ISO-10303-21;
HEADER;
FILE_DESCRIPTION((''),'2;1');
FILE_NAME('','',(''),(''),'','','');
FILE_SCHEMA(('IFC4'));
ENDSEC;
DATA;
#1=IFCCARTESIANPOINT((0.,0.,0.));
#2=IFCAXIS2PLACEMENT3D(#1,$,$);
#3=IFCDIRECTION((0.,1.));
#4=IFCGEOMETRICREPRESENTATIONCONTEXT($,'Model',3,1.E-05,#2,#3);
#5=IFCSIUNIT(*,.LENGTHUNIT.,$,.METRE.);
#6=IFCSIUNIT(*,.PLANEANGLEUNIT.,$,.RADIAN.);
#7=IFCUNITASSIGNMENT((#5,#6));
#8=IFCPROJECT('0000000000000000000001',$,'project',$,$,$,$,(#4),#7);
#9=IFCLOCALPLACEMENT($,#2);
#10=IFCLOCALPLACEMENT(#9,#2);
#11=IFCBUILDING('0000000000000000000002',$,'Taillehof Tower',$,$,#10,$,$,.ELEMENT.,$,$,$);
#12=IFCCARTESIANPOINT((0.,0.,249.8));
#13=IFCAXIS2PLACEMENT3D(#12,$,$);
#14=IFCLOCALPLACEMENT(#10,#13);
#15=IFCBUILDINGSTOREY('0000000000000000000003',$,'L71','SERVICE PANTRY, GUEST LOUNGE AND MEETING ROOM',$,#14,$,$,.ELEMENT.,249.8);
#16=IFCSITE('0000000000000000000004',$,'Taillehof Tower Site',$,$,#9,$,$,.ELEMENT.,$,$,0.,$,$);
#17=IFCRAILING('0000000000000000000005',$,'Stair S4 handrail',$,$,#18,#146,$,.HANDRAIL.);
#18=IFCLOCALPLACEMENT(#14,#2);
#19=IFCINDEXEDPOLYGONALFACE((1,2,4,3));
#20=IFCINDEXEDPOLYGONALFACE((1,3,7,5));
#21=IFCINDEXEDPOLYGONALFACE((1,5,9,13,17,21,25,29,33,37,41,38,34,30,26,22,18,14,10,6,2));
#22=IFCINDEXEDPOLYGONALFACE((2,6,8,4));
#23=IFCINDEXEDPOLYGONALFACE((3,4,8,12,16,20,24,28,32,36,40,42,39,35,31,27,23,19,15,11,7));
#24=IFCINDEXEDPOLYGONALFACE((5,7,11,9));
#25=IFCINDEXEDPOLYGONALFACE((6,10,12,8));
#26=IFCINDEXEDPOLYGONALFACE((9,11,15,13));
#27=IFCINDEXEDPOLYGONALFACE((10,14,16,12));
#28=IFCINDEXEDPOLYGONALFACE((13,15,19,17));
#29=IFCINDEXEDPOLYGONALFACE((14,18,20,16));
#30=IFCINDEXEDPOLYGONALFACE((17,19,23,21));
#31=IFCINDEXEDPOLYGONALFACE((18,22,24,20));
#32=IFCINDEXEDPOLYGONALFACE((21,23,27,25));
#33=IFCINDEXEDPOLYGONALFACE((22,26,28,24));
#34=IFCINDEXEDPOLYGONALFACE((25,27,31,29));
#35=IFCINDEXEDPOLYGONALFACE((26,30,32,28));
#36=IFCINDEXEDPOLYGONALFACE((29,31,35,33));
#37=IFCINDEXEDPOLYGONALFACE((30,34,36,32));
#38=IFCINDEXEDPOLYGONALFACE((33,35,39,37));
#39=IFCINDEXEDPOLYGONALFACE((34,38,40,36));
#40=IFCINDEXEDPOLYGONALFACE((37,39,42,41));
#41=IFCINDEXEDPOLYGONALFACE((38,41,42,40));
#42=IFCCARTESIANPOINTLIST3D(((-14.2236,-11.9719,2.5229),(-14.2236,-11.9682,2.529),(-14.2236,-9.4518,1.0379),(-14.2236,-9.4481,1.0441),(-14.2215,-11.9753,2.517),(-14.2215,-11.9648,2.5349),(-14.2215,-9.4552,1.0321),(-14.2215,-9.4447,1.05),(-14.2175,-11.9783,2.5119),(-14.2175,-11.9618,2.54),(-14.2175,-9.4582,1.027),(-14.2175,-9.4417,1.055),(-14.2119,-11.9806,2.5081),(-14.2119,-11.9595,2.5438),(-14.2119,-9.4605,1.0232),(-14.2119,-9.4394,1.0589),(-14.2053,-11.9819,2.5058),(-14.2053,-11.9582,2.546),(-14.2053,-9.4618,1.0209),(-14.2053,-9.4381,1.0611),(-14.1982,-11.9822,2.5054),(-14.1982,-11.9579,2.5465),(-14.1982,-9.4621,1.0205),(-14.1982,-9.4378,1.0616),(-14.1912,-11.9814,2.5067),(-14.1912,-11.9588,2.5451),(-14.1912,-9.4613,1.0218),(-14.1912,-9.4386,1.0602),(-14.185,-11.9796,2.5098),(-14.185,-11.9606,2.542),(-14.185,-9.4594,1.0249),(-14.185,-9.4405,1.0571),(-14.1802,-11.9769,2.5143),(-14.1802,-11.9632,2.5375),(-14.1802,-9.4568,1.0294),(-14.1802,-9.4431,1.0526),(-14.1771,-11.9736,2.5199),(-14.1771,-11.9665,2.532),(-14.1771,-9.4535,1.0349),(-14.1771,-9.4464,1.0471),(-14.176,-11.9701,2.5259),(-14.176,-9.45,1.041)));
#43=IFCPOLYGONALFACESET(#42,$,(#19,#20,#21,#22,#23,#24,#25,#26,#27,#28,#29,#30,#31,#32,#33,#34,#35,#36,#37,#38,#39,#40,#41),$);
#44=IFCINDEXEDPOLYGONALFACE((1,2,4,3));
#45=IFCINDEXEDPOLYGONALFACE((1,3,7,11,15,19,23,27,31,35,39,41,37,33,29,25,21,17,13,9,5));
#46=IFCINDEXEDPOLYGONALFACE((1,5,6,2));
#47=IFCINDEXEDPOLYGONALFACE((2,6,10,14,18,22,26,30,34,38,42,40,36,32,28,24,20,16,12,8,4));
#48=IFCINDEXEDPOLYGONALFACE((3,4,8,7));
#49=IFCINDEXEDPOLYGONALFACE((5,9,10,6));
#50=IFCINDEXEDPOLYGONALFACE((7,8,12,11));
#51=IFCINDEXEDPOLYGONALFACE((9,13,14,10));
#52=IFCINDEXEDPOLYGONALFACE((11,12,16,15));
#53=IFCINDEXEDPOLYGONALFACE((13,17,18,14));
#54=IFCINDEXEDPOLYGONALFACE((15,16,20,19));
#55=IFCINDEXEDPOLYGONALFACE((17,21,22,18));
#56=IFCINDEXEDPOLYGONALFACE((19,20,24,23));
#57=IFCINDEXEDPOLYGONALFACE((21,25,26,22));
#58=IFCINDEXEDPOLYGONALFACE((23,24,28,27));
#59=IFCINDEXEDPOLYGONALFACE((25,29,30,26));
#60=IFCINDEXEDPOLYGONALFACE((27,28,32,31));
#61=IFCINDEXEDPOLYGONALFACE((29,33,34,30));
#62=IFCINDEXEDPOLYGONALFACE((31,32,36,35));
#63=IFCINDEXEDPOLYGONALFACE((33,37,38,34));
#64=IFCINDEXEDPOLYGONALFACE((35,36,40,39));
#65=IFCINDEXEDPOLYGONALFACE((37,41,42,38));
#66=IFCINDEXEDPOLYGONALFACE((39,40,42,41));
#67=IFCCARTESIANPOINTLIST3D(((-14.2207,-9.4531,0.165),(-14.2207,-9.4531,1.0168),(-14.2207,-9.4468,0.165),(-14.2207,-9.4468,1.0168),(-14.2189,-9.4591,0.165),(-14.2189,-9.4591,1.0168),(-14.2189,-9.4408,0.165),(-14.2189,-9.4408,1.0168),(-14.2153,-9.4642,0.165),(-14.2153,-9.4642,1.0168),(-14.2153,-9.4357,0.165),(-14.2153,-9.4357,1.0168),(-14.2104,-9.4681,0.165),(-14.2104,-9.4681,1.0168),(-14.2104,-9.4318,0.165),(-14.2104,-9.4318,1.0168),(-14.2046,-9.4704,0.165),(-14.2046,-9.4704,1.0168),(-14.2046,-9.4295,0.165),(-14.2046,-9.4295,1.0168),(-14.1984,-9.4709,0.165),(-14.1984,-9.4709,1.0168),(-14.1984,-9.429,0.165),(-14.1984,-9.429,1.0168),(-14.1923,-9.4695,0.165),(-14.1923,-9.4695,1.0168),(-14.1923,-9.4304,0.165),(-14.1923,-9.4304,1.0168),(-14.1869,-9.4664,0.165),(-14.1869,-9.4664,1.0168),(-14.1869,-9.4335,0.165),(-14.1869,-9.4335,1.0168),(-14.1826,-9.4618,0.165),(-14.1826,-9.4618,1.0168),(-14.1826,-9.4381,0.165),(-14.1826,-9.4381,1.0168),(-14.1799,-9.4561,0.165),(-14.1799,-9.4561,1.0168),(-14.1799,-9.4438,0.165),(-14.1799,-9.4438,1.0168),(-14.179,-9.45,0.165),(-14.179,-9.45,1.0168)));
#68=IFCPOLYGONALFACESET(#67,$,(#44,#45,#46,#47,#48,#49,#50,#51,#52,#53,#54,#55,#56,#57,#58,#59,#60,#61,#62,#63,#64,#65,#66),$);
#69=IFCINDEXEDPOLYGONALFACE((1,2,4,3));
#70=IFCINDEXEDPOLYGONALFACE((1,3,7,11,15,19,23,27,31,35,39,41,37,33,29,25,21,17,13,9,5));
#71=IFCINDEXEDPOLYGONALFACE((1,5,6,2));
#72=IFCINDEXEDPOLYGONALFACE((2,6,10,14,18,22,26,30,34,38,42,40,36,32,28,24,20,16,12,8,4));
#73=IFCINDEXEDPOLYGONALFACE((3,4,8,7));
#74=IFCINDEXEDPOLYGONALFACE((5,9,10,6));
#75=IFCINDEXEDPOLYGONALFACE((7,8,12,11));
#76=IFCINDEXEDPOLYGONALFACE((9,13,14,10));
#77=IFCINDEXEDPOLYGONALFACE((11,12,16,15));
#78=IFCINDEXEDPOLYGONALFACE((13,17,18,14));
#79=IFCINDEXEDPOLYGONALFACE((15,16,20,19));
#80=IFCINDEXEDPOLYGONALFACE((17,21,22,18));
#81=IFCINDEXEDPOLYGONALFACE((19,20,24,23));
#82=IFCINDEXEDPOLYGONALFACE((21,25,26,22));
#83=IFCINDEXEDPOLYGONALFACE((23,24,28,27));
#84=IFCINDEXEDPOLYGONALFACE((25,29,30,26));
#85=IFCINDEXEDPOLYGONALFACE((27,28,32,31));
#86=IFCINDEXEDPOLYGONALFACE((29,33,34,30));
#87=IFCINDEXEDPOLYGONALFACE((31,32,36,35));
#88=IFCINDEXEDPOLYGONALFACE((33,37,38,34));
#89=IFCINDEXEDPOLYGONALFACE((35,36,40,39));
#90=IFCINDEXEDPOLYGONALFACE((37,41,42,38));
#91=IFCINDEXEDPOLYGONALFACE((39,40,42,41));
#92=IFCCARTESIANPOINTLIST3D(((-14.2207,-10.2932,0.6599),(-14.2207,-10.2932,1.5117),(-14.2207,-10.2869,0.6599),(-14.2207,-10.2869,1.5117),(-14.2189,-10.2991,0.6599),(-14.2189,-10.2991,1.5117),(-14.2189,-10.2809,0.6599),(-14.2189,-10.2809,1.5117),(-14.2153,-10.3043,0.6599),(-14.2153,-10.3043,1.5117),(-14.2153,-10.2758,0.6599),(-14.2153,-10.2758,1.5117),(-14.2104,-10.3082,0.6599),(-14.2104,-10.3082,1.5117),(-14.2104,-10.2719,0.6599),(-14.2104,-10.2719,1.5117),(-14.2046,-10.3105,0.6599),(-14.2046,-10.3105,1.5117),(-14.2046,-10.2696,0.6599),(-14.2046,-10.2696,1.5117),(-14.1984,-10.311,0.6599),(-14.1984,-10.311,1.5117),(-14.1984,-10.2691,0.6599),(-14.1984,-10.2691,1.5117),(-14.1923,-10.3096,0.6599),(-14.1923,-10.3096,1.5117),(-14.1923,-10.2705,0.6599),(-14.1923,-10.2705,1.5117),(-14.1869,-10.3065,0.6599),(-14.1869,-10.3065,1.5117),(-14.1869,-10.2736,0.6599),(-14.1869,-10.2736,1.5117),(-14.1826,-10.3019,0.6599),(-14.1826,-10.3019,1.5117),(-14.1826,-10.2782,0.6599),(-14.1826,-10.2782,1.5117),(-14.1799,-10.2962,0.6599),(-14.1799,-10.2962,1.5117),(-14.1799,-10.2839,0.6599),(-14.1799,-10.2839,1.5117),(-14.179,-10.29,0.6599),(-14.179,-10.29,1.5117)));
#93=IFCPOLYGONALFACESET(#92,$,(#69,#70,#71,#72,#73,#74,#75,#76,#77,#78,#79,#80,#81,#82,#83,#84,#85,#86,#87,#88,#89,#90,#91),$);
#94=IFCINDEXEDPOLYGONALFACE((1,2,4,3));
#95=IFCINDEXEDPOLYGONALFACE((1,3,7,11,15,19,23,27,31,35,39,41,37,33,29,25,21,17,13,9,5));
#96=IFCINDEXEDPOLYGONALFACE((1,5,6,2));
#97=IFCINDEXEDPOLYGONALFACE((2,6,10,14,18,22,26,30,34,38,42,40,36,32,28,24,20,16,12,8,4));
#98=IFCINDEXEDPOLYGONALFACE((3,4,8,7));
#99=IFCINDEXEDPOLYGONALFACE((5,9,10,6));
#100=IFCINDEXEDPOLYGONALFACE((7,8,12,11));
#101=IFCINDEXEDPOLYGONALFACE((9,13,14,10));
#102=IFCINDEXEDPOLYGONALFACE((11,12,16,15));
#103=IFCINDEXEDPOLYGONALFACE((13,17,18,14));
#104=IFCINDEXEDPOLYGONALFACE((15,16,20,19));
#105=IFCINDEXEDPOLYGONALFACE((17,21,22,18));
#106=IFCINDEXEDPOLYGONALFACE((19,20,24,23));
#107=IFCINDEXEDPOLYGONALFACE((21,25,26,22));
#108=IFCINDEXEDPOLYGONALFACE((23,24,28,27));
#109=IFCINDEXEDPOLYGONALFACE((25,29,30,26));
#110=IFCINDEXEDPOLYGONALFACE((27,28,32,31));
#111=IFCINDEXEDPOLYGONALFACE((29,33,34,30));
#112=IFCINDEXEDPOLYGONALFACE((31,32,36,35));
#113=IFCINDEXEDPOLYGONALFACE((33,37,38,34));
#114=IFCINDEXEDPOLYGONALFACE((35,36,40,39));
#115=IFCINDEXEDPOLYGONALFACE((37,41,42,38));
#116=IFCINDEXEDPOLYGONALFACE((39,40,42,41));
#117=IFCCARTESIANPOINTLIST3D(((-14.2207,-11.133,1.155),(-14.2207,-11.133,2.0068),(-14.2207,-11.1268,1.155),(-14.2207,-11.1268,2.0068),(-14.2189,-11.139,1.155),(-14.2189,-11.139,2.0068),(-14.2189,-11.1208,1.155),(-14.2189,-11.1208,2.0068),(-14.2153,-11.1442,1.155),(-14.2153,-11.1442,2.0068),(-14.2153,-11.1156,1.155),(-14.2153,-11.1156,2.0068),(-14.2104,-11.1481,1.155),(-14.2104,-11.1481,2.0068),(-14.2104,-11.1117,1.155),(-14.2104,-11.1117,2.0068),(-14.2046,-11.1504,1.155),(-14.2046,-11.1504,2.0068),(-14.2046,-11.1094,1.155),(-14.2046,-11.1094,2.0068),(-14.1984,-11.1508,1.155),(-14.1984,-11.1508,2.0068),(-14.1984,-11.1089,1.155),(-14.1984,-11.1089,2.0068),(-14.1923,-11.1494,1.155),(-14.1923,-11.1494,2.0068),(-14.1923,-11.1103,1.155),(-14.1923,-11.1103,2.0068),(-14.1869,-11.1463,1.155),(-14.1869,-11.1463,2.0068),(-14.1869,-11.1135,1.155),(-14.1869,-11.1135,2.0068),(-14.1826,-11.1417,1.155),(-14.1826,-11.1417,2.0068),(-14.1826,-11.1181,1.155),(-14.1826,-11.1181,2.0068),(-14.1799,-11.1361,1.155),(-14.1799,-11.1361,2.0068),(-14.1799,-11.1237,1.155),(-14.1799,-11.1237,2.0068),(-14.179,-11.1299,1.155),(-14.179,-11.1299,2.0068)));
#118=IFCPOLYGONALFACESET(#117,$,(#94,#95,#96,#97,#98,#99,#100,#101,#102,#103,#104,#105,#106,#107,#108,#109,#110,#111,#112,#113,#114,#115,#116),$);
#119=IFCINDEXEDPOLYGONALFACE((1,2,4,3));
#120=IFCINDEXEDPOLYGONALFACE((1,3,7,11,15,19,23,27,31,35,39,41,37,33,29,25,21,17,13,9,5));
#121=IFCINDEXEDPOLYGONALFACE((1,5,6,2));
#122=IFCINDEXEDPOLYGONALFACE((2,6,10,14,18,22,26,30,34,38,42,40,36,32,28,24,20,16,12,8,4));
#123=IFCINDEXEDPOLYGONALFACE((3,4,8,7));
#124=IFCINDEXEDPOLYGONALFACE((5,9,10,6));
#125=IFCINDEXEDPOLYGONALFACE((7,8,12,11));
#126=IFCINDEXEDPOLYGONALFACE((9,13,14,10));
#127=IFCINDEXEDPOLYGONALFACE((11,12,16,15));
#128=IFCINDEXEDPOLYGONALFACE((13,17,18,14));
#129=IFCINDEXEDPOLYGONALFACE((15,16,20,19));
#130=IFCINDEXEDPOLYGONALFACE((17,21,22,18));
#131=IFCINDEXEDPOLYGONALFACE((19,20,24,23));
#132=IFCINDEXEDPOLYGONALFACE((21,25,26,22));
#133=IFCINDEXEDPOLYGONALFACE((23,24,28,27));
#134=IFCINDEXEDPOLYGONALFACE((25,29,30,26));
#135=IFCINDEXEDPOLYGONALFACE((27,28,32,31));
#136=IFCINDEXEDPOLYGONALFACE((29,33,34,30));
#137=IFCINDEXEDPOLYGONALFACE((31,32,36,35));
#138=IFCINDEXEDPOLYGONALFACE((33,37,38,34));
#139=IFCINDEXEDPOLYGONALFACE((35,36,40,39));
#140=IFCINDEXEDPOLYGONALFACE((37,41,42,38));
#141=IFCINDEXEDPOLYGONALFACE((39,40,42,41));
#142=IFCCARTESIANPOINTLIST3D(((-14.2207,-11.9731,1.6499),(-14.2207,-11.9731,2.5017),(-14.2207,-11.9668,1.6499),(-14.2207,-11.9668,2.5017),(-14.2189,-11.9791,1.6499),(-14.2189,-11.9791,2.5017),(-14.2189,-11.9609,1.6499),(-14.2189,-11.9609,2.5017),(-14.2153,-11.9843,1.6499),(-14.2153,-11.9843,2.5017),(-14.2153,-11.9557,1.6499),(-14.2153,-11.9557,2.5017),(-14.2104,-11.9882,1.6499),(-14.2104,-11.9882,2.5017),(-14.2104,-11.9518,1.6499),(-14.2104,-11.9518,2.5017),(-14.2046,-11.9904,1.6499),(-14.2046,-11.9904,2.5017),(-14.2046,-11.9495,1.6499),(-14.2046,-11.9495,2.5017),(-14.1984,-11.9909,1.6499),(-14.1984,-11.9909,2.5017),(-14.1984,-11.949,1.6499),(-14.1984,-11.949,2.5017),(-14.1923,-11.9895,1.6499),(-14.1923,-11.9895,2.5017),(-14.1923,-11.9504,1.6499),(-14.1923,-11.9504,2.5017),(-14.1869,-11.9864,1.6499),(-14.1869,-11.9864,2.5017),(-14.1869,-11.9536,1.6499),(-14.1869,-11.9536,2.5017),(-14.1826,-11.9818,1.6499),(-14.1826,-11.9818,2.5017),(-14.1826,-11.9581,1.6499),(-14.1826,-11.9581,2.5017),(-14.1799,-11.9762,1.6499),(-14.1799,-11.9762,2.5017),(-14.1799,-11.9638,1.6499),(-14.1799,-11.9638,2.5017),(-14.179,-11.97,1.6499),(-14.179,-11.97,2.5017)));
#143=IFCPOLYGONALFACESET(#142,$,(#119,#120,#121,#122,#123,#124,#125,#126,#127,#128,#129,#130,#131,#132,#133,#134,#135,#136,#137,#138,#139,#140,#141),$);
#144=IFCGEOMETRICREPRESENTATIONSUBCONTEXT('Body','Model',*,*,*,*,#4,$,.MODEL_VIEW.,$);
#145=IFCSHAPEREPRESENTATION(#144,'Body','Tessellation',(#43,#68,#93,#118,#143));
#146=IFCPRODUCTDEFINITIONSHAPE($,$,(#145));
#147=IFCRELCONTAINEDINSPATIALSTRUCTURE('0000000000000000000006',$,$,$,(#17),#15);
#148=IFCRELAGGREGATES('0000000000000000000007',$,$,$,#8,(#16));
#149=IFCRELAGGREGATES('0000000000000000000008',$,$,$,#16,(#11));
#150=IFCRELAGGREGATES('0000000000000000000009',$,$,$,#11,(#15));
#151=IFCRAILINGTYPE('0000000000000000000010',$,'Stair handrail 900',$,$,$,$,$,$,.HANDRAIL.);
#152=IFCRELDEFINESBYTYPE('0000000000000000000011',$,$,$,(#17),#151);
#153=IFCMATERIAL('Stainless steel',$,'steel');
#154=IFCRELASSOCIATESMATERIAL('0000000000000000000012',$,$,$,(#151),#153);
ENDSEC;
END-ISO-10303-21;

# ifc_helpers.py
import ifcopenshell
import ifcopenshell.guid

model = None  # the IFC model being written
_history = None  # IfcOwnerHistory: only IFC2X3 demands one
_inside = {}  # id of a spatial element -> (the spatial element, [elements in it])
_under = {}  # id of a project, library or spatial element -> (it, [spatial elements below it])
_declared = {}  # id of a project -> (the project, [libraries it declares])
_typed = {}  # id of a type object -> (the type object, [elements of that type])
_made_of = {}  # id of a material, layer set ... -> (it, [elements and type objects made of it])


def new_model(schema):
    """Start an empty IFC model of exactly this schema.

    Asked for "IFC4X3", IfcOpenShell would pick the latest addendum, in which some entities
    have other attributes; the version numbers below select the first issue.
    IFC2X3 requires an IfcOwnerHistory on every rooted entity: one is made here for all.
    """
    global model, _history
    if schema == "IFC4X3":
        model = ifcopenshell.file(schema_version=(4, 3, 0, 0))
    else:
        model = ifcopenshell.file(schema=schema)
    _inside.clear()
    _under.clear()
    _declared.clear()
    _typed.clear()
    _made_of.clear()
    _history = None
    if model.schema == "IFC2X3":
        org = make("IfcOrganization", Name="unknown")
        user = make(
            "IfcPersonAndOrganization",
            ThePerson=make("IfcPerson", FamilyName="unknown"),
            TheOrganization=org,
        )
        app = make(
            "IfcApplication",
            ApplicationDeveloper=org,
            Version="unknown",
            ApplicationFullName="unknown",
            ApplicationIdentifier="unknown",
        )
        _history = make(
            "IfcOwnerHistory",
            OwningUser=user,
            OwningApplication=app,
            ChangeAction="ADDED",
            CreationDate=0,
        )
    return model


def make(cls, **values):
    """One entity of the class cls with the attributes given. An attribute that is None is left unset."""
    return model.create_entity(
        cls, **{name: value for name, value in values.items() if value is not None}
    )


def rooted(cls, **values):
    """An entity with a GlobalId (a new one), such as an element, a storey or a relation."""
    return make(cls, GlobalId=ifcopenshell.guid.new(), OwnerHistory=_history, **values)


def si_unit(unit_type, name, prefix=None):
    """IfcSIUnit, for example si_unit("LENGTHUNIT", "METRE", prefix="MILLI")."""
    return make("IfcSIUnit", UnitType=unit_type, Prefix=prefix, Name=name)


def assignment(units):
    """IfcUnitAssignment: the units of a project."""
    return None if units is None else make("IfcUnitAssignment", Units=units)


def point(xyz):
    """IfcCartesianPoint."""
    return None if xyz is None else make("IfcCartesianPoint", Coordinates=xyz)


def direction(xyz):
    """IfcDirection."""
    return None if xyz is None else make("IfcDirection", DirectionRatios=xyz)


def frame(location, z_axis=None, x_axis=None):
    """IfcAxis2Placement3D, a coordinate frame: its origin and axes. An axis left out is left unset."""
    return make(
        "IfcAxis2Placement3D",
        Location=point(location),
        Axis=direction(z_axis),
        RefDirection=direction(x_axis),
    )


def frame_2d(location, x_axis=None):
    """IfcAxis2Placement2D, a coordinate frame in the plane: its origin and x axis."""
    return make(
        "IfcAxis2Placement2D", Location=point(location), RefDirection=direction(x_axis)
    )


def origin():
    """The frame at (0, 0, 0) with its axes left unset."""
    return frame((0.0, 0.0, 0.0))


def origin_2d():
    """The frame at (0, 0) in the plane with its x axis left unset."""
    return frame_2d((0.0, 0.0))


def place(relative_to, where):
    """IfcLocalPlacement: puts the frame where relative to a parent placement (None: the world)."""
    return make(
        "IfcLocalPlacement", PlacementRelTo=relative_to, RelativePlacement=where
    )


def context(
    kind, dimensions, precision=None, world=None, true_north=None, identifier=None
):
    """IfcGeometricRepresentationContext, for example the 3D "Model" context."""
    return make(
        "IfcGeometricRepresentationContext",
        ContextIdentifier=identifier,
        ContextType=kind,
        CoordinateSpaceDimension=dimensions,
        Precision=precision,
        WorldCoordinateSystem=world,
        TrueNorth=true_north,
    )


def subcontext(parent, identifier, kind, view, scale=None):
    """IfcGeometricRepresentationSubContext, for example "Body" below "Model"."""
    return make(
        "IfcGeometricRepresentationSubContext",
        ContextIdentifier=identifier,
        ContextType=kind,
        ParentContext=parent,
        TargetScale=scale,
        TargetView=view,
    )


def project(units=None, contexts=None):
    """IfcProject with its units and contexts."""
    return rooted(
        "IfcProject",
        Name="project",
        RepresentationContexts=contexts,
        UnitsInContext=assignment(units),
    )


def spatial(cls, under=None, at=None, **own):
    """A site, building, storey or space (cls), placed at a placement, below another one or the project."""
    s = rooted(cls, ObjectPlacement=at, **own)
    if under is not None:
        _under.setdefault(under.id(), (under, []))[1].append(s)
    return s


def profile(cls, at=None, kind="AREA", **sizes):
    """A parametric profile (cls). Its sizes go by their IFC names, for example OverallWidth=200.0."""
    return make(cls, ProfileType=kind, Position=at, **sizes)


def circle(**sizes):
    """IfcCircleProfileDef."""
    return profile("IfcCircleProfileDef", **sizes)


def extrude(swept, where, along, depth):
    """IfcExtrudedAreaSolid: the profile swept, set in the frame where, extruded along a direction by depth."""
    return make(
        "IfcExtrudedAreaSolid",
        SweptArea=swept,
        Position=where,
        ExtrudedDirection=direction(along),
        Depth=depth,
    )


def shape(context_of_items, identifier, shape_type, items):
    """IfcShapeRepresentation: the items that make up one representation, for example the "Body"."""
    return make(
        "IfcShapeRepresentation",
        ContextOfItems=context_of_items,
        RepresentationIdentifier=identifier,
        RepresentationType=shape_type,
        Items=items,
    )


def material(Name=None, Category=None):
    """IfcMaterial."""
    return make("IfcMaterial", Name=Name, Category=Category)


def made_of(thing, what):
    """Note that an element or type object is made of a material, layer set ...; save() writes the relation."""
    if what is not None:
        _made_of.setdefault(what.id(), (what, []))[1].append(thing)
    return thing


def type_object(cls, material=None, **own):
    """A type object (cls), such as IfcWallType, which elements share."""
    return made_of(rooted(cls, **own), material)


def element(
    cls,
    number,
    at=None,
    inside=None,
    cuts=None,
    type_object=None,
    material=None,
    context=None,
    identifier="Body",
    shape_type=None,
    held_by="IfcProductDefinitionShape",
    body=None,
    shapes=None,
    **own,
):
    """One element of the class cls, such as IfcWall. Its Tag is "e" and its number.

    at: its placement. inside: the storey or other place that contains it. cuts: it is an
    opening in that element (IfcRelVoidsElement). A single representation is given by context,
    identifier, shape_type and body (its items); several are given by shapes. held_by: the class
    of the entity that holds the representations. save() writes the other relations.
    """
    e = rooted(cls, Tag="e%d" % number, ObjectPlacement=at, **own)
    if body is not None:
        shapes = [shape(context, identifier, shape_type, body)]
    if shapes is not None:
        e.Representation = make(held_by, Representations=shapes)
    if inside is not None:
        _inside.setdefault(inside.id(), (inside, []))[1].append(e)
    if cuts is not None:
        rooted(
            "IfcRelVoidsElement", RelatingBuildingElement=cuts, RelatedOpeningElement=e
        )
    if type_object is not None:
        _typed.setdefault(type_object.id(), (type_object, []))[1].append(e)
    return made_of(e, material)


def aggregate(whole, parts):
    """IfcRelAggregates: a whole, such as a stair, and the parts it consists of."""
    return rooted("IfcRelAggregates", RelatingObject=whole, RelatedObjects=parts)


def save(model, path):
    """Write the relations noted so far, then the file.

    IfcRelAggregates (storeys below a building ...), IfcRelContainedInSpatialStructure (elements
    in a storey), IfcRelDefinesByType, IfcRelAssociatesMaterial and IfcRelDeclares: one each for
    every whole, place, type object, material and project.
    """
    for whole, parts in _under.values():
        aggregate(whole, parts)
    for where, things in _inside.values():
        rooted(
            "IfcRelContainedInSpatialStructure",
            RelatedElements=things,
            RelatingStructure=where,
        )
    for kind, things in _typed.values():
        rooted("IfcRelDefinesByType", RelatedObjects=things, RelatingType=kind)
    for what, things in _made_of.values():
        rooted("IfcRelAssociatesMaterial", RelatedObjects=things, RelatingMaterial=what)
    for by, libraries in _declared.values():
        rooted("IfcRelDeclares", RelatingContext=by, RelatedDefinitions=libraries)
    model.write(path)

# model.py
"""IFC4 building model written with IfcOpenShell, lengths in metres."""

from ifc_helpers import new_model, si_unit, direction, frame, origin, origin_2d, place, context, subcontext, project, spatial, circle, extrude, material, type_object, element, save


model = new_model("IFC4")

# Units and contexts
model_context = context("Model", 3, precision=1e-05, world=origin(), true_north=direction((0.0, 1.0)))
body_context = subcontext(model_context, "Body", "Model", "MODEL_VIEW")
ifc_project = project(units=[si_unit("LENGTHUNIT", "METRE"), si_unit("PLANEANGLEUNIT", "RADIAN")], contexts=[model_context])

# Site, building, storey
site_placement = place(None, origin())
site = spatial("IfcSite", under=ifc_project, at=site_placement, Name="Taillehof Tower Site", CompositionType="ELEMENT", RefElevation=0.0)
building_placement = place(site_placement, origin())
building = spatial("IfcBuilding", under=site, at=building_placement, Name="Taillehof Tower", CompositionType="ELEMENT")
storey_placement = place(building_placement, frame((0.0, 0.0, 249.8)))
storey = spatial("IfcBuildingStorey", under=building, at=storey_placement, Name="L71", Description="SERVICE PANTRY, GUEST LOUNGE AND MEETING ROOM", CompositionType="ELEMENT", Elevation=249.8)

# Railing
ifc_material_1 = material(Name="Stainless steel", Category="steel")
railing_type = type_object("IfcRailingType", Name="Stair handrail 900", PredefinedType="HANDRAIL", material=ifc_material_1)
railing_placement = place(storey_placement, frame((-14.2, -9.45, 0.165)))
element("IfcRailing", 1, at=railing_placement, inside=storey, type_object=railing_type, Name="Stair S4 handrail", PredefinedType="HANDRAIL", context=body_context, shape_type="SweptSolid", body=[
    extrude(circle(Radius=0.0239, at=origin_2d()), frame((0.0, 0.0, 0.876), z_axis=(0.0, -0.861561, 0.507655), x_axis=(1.0, 0.0, 0.0)), (0.0, 0.0, 1.0), 2.925),
    extrude(circle(Radius=0.021, at=origin_2d()), origin(), (0.0, 0.0, 1.0), 0.8518),
    extrude(circle(Radius=0.021, at=origin_2d()), frame((0.0, -0.8401, 0.4949)), (0.0, 0.0, 1.0), 0.8518),
    extrude(circle(Radius=0.021, at=origin_2d()), frame((0.0, -1.6799, 0.99)), (0.0, 0.0, 1.0), 0.8518),
    extrude(circle(Radius=0.021, at=origin_2d()), frame((0.0, -2.52, 1.4849)), (0.0, 0.0, 1.0), 0.8518),
])

save(model, "model.ifc")
